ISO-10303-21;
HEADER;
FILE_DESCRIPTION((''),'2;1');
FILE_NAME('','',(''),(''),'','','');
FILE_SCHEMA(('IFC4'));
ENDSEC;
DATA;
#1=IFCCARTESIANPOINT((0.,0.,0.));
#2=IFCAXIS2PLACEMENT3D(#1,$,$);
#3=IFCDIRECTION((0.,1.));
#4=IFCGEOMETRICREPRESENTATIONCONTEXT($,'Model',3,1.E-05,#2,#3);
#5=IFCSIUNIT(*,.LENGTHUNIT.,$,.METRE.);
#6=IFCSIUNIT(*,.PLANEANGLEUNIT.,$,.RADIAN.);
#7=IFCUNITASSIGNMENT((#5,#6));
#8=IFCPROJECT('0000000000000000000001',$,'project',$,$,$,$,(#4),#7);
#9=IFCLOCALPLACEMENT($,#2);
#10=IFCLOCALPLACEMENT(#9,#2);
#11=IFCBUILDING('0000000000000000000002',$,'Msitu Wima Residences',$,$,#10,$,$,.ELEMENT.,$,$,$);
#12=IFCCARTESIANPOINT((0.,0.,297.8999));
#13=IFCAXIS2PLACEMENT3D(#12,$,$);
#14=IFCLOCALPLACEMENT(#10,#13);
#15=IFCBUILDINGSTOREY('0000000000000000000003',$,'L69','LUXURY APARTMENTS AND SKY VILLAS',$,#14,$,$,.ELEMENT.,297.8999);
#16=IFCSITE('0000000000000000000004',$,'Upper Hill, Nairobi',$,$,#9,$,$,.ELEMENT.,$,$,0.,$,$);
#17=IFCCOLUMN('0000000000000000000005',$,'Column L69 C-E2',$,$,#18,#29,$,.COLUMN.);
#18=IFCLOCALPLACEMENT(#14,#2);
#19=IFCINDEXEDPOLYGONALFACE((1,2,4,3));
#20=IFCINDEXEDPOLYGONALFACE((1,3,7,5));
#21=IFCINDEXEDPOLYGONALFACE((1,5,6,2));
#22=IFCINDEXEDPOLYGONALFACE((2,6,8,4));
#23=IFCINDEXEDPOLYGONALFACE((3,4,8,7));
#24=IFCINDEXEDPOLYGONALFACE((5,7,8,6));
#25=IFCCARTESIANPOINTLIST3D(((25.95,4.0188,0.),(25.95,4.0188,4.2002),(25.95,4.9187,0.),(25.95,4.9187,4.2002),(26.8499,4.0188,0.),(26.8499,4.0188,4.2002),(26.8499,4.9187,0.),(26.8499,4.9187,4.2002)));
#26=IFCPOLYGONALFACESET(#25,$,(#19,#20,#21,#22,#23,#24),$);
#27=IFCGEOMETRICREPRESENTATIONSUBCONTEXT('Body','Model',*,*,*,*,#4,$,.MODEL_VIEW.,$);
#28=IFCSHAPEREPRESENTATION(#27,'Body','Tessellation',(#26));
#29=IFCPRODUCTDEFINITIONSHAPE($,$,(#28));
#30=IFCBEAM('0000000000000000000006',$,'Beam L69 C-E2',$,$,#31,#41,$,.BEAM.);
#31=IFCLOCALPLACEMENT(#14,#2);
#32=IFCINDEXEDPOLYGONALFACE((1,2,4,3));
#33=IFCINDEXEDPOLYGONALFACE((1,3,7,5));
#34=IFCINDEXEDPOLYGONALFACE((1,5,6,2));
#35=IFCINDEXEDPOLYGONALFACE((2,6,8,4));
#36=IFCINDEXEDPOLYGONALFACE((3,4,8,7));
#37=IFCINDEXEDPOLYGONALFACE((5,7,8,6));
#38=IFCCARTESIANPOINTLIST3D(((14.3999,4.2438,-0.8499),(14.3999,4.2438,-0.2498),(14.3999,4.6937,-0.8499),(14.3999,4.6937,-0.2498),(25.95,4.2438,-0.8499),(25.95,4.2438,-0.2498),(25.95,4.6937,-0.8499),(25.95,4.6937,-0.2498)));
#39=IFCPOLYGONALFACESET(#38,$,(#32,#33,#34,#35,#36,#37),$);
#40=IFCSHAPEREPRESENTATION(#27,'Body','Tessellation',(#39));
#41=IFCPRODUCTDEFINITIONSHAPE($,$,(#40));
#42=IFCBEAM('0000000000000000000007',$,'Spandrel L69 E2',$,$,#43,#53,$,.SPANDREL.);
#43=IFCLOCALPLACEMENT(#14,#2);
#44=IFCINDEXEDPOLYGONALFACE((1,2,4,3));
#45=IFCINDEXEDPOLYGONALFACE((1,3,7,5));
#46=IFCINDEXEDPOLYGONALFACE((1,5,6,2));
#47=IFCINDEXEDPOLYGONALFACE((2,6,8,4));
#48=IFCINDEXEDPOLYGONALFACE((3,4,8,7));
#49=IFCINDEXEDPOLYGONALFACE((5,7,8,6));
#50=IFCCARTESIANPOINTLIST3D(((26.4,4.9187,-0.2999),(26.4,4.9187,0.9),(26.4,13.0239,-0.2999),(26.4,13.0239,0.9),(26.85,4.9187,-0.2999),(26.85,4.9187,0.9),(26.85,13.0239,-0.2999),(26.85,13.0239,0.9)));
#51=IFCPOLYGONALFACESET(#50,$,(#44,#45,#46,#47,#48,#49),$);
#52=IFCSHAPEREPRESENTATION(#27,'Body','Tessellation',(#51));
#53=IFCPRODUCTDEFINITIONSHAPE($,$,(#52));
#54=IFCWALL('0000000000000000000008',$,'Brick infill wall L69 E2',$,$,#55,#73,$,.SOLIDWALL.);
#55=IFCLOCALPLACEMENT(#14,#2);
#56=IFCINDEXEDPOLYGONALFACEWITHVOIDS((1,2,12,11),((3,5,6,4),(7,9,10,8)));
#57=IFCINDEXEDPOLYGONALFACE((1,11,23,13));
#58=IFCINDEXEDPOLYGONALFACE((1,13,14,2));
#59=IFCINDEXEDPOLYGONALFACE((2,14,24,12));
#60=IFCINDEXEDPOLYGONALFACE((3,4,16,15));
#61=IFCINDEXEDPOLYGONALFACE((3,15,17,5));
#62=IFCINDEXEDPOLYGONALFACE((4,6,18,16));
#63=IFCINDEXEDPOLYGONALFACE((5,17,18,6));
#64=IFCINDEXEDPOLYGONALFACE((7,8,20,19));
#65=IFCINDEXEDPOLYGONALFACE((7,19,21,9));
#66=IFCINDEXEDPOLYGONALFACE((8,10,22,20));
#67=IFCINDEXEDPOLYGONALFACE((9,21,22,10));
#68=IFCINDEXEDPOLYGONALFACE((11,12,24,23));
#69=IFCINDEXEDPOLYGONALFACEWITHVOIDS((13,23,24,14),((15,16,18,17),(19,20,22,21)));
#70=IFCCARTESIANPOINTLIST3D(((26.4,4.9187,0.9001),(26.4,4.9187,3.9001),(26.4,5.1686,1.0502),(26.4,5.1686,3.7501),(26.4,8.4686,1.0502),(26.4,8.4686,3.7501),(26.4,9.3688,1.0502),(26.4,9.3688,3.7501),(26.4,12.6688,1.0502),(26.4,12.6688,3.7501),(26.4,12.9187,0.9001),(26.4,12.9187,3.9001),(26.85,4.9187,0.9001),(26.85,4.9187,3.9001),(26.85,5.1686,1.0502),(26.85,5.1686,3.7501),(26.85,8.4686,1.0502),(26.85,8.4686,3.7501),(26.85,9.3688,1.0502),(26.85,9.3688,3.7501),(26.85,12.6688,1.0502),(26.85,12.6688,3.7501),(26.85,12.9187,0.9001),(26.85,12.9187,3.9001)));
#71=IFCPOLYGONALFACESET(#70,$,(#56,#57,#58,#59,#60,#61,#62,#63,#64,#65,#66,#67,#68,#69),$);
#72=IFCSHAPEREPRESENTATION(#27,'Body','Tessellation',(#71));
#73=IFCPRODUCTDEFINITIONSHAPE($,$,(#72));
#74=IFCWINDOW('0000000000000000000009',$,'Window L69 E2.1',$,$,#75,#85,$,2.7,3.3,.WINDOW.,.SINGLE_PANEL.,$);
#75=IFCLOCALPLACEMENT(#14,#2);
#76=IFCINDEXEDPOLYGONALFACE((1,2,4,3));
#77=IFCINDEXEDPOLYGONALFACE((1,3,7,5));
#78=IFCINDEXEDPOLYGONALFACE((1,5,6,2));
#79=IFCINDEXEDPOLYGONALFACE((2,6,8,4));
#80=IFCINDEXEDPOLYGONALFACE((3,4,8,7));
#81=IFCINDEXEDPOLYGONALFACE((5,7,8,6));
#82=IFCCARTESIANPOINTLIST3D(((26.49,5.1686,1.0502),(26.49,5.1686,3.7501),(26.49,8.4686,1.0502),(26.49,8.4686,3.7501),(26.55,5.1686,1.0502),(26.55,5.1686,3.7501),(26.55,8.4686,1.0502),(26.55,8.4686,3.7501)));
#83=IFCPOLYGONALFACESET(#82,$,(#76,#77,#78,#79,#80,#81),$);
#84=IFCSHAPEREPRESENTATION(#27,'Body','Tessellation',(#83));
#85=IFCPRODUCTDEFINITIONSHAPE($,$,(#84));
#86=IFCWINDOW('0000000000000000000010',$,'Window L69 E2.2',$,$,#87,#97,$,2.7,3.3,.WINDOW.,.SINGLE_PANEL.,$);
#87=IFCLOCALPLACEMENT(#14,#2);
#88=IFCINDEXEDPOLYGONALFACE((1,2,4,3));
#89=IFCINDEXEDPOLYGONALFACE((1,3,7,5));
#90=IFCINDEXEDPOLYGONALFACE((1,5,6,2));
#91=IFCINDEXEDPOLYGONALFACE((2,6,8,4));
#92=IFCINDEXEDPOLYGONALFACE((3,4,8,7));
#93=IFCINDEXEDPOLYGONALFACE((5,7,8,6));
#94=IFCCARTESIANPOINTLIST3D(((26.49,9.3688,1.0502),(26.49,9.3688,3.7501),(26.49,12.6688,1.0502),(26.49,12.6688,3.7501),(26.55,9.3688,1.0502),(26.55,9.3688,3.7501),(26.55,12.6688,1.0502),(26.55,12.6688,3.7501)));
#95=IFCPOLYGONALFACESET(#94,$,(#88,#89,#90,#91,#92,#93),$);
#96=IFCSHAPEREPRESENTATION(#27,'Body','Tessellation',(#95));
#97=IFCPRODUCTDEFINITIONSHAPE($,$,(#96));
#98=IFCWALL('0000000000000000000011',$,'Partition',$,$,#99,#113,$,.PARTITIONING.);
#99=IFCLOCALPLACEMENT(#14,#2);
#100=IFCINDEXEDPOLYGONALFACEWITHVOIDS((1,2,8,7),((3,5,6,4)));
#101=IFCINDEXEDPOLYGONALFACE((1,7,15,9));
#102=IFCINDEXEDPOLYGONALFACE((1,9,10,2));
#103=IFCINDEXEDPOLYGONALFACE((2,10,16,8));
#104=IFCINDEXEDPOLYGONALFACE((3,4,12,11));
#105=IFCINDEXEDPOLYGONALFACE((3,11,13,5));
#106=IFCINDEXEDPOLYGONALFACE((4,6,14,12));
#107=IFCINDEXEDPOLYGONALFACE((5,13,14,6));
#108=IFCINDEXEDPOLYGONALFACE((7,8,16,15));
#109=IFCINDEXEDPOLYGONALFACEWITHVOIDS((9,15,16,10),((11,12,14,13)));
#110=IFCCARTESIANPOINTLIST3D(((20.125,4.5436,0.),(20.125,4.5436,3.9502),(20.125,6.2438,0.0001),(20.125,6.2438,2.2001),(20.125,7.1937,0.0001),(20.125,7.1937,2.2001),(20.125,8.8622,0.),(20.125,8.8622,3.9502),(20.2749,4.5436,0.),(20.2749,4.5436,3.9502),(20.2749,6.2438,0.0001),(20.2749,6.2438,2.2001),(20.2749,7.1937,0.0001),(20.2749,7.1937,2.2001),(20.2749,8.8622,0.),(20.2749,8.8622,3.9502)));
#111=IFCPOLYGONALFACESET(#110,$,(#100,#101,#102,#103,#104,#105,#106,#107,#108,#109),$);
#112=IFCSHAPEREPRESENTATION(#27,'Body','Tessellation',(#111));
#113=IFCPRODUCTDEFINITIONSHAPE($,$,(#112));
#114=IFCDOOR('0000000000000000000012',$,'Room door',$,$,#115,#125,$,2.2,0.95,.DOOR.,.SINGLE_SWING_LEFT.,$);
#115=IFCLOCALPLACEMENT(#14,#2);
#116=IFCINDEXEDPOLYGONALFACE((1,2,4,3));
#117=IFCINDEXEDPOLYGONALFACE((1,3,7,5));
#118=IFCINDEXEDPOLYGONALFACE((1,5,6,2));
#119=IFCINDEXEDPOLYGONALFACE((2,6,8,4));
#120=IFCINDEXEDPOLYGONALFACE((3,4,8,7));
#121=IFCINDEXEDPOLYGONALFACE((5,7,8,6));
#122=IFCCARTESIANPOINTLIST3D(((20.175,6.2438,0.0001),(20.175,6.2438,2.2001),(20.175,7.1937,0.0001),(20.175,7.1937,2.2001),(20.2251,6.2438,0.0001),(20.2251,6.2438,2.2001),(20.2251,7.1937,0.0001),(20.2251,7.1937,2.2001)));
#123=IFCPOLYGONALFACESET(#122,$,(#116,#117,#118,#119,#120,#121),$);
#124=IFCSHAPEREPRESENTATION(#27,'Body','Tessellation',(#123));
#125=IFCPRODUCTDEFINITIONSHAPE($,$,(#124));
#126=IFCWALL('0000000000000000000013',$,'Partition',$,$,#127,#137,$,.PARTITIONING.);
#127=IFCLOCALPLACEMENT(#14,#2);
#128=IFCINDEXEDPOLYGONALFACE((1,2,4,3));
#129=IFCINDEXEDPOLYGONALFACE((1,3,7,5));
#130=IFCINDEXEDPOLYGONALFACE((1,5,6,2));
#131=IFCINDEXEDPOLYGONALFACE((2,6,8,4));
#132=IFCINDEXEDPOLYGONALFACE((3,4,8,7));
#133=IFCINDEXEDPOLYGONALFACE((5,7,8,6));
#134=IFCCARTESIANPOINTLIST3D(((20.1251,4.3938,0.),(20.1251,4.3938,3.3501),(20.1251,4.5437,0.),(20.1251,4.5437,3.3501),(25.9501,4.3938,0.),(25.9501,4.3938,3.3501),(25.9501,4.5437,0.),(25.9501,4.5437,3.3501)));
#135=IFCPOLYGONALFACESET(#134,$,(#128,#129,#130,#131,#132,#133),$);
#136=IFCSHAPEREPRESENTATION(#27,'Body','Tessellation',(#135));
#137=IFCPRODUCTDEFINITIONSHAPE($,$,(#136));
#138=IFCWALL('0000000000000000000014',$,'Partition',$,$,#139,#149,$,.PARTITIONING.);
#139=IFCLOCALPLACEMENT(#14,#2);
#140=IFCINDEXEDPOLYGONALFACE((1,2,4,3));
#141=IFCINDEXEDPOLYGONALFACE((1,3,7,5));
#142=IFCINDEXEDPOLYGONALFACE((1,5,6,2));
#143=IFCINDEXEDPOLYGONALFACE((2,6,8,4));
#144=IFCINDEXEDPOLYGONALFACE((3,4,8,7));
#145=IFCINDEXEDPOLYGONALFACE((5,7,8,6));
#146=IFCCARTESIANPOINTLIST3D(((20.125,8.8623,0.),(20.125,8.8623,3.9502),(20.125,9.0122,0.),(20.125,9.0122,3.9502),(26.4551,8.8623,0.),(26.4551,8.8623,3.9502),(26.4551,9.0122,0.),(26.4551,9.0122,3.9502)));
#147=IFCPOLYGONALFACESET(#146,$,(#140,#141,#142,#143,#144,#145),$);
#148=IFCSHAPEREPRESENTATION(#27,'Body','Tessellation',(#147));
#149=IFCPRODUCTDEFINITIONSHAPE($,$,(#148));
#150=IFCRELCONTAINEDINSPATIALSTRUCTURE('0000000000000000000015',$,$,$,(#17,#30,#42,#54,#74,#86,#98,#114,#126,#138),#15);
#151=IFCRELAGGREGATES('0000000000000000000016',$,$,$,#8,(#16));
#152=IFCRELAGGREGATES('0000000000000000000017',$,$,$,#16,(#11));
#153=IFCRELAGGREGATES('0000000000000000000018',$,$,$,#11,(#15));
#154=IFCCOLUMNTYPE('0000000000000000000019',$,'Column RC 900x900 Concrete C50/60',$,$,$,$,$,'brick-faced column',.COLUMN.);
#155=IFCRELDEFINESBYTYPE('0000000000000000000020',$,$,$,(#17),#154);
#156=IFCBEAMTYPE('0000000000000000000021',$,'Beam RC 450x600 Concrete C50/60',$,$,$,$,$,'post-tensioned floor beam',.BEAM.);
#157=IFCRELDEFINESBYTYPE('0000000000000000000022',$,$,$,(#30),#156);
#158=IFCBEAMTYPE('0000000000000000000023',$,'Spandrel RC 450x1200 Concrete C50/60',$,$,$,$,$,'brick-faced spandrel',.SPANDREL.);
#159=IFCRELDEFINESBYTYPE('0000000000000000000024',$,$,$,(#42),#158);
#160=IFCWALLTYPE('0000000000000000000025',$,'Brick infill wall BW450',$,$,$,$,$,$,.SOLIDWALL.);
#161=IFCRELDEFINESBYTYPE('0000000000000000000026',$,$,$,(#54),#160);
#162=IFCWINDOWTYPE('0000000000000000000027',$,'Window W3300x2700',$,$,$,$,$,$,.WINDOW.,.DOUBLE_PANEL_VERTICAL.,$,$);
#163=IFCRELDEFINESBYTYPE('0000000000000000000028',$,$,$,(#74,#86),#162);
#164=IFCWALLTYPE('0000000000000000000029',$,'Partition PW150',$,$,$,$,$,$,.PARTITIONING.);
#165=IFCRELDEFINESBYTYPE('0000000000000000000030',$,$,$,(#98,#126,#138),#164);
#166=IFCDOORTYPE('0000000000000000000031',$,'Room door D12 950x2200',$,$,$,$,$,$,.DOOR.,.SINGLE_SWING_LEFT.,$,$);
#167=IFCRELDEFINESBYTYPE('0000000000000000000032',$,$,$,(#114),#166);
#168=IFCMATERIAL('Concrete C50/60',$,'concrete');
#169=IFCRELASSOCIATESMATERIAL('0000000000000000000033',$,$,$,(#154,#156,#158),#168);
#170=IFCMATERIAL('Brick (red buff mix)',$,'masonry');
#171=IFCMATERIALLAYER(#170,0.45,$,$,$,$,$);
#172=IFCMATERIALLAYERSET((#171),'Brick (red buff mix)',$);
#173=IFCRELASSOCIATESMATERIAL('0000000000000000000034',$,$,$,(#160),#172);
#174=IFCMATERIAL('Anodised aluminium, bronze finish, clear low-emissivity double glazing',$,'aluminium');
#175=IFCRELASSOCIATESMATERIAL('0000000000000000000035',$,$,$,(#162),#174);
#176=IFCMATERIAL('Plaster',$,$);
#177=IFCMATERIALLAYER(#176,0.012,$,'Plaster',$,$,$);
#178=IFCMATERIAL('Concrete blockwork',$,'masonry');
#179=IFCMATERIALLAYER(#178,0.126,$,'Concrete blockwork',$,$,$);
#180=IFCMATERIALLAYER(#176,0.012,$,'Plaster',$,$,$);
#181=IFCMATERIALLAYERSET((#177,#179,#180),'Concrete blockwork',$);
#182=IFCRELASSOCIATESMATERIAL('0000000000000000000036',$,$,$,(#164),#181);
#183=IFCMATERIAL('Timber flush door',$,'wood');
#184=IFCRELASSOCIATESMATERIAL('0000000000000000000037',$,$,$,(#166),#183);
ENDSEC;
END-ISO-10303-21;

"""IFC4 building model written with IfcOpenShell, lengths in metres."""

from ifc_helpers import new_model, si_unit, direction, frame, frame_2d, origin, origin_2d, place, context, subcontext, project, spatial, rectangle, extrude, material, layer, layer_set, material_profile, profile_set, type_object, element, fill, save


model = new_model("IFC4")

# Units and contexts
model_context = context("Model", 3, precision=1e-05, world=origin(), true_north=direction((0.0, 1.0)))
body_context = subcontext(model_context, "Body", "Model", "MODEL_VIEW")
ifc_project = project(units=[si_unit("LENGTHUNIT", "METRE"), si_unit("PLANEANGLEUNIT", "RADIAN")], contexts=[model_context])

# Site, building, storey
site_placement = place(None, origin())
site = spatial("IfcSite", under=ifc_project, at=site_placement, Name="Upper Hill, Nairobi", CompositionType="ELEMENT", RefElevation=0.0)
building_placement = place(site_placement, origin())
building = spatial("IfcBuilding", under=site, at=building_placement, Name="Msitu Wima Residences", CompositionType="ELEMENT")
storey_placement = place(building_placement, frame((0.0, 0.0, 297.8999)))
storey = spatial("IfcBuildingStorey", under=building, at=storey_placement, Name="L69", Description="LUXURY APARTMENTS AND SKY VILLAS", CompositionType="ELEMENT", Elevation=297.8999)

# Column
ifc_material_1 = material(Name="Concrete C50/60", Category="concrete")
ifc_material_profile_1 = material_profile(ifc_material_1, rectangle(XDim=0.8999, YDim=0.8999, at=origin_2d()), Name="RC 900x900")
ifc_profile_set_1 = profile_set([ifc_material_profile_1], Name="Concrete C50/60")
column_type = type_object("IfcColumnType", Name="Column RC 900x900 Concrete C50/60", ElementType="brick-faced column", PredefinedType="COLUMN", material=ifc_profile_set_1)
column_placement = place(storey_placement, frame((26.3999, 4.4688, 0.0), z_axis=(0.0, 0.0, 1.0), x_axis=(0.0, 1.0, 0.0)))
element("IfcColumn", 1, at=column_placement, inside=storey, type_object=column_type, Name="Column L69 C-E2", PredefinedType="COLUMN", context=body_context, shape_type="SweptSolid", body=[
    extrude(rectangle(XDim=0.8999, YDim=0.8999, at=origin_2d()), origin(), (0.0, 0.0, 1.0), 4.2002),
])

# Beams
ifc_material_profile_2 = material_profile(ifc_material_1, rectangle(XDim=0.45, YDim=0.6001, at=origin_2d()), Name="RC 450x600")
ifc_profile_set_2 = profile_set([ifc_material_profile_2], Name="Concrete C50/60")
beam_type_1 = type_object("IfcBeamType", Name="Beam RC 450x600 Concrete C50/60", ElementType="post-tensioned floor beam", PredefinedType="BEAM", material=ifc_profile_set_2)
beam_1_placement = place(storey_placement, frame((25.95, 4.4688, -0.5498), z_axis=(-1.0, 0.0, 0.0), x_axis=(0.0, -1.0, 0.0)))
element("IfcBeam", 2, at=beam_1_placement, inside=storey, type_object=beam_type_1, Name="Beam L69 C-E2", PredefinedType="BEAM", context=body_context, shape_type="SweptSolid", body=[
    extrude(rectangle(XDim=0.45, YDim=0.6001, at=origin_2d()), origin(), (0.0, 0.0, 1.0), 11.55),
])
ifc_material_profile_3 = material_profile(ifc_material_1, rectangle(XDim=0.45, YDim=1.2, at=origin_2d()), Name="RC 450x1200")
ifc_profile_set_3 = profile_set([ifc_material_profile_3], Name="Concrete C50/60")
beam_type_2 = type_object("IfcBeamType", Name="Spandrel RC 450x1200 Concrete C50/60", ElementType="brick-faced spandrel", PredefinedType="SPANDREL", material=ifc_profile_set_3)
beam_2_placement = place(storey_placement, frame((26.625, 4.9187, 0.3), z_axis=(0.0, 1.0, 0.0), x_axis=(-1.0, 0.0, 0.0)))
element("IfcBeam", 3, at=beam_2_placement, inside=storey, type_object=beam_type_2, Name="Spandrel L69 E2", PredefinedType="SPANDREL", context=body_context, shape_type="SweptSolid", body=[
    extrude(rectangle(XDim=0.45, YDim=1.2, at=origin_2d()), origin(), (0.0, 0.0, 1.0), 8.1052),
])

# Wall, openings, windows
ifc_material_2 = material(Name="Brick (red buff mix)", Category="masonry")
ifc_layer_1 = layer(ifc_material_2, 0.45)
ifc_layer_set_1 = layer_set([ifc_layer_1], Name="Brick (red buff mix)")
wall_type_1 = type_object("IfcWallType", Name="Brick infill wall BW450", PredefinedType="SOLIDWALL", material=ifc_layer_set_1)
wall_1_placement = place(storey_placement, frame((26.625, 4.9187, 0.9001), z_axis=(0.0, 0.0, 1.0), x_axis=(0.0, 1.0, 0.0)))
wall_1 = element("IfcWall", 4, at=wall_1_placement, inside=storey, type_object=wall_type_1, Name="Brick infill wall L69 E2", PredefinedType="SOLIDWALL", context=body_context, shape_type="SweptSolid", body=[
    extrude(rectangle(XDim=8.0, YDim=0.45, at=frame_2d((4.0, 0.0))), origin(), (0.0, 0.0, 1.0), 3.0),
])
opening_1_placement = place(wall_1_placement, frame((0.25, 0.0, 0.1499)))
opening_1 = element("IfcOpeningElement", 5, at=opening_1_placement, cuts=wall_1, PredefinedType="OPENING", context=body_context, shape_type="SweptSolid", body=[
    extrude(rectangle(XDim=3.3, YDim=2.7, at=frame_2d((1.6499, 1.3501))), frame((0.0, 0.2349, 0.0), z_axis=(0.0, -1.0, 0.0), x_axis=(1.0, 0.0, 0.0)), (0.0, 0.0, 1.0), 0.47),
])
opening_2_placement = place(wall_1_placement, frame((4.4502, 0.0, 0.1499)))
opening_2 = element("IfcOpeningElement", 6, at=opening_2_placement, cuts=wall_1, PredefinedType="OPENING", context=body_context, shape_type="SweptSolid", body=[
    extrude(rectangle(XDim=3.3, YDim=2.7, at=frame_2d((1.6499, 1.3501))), frame((0.0, 0.2349, 0.0), z_axis=(0.0, -1.0, 0.0), x_axis=(1.0, 0.0, 0.0)), (0.0, 0.0, 1.0), 0.47),
])
ifc_material_3 = material(Name="Anodised aluminium, bronze finish, clear low-emissivity double glazing", Category="aluminium")
window_type = type_object("IfcWindowType", Name="Window W3300x2700", PartitioningType="DOUBLE_PANEL_VERTICAL", PredefinedType="WINDOW", material=ifc_material_3)
window_1_placement = place(opening_1_placement, origin())
window_1 = element("IfcWindow", 7, at=window_1_placement, inside=storey, type_object=window_type, Name="Window L69 E2.1", OverallHeight=2.7, OverallWidth=3.3, PartitioningType="SINGLE_PANEL", PredefinedType="WINDOW", context=body_context, shape_type="SweptSolid", body=[
    extrude(rectangle(XDim=3.3, YDim=2.7, at=frame_2d((1.6499, 1.3501))), frame((0.0, 0.135, 0.0), z_axis=(0.0, -1.0, 0.0), x_axis=(1.0, 0.0, 0.0)), (0.0, 0.0, 1.0), 0.0601),
])
fill(opening_1, window_1)
window_2_placement = place(opening_2_placement, origin())
window_2 = element("IfcWindow", 8, at=window_2_placement, inside=storey, type_object=window_type, Name="Window L69 E2.2", OverallHeight=2.7, OverallWidth=3.3, PartitioningType="SINGLE_PANEL", PredefinedType="WINDOW", context=body_context, shape_type="SweptSolid", body=[
    extrude(rectangle(XDim=3.3, YDim=2.7, at=frame_2d((1.6499, 1.3501))), frame((0.0, 0.135, 0.0), z_axis=(0.0, -1.0, 0.0), x_axis=(1.0, 0.0, 0.0)), (0.0, 0.0, 1.0), 0.0601),
])
fill(opening_2, window_2)

# Wall, opening, door
ifc_material_4 = material(Name="Plaster")
ifc_layer_2 = layer(ifc_material_4, 0.012, Name="Plaster")
ifc_material_5 = material(Name="Concrete blockwork", Category="masonry")
ifc_layer_3 = layer(ifc_material_5, 0.126, Name="Concrete blockwork")
ifc_layer_4 = layer(ifc_material_4, 0.012, Name="Plaster")
ifc_layer_set_2 = layer_set([ifc_layer_2, ifc_layer_3, ifc_layer_4], Name="Concrete blockwork")
wall_type_2 = type_object("IfcWallType", Name="Partition PW150", PredefinedType="PARTITIONING", material=ifc_layer_set_2)
wall_2_placement = place(storey_placement, frame((20.2, 4.5437, 0.0), z_axis=(0.0, 0.0, 1.0), x_axis=(0.0, 1.0, 0.0)))
wall_2 = element("IfcWall", 9, at=wall_2_placement, inside=storey, type_object=wall_type_2, Name="Partition", PredefinedType="PARTITIONING", context=body_context, shape_type="SweptSolid", body=[
    extrude(rectangle(XDim=4.3186, YDim=0.1499, at=frame_2d((2.1592, 0.0))), origin(), (0.0, 0.0, 1.0), 3.9502),
])
opening_3_placement = place(wall_2_placement, frame((1.7, 0.0, 0.0)))
opening_3 = element("IfcOpeningElement", 10, at=opening_3_placement, cuts=wall_2, PredefinedType="OPENING", context=body_context, shape_type="SweptSolid", body=[
    extrude(rectangle(XDim=0.95, YDim=2.2, at=frame_2d((0.4751, 1.1001))), frame((0.0, 0.085, 0.0), z_axis=(0.0, -1.0, 0.0), x_axis=(1.0, 0.0, 0.0)), (0.0, 0.0, 1.0), 0.1699),
])
ifc_material_6 = material(Name="Timber flush door", Category="wood")
door_type_1 = type_object("IfcDoorType", Name="Room door D12 950x2200", OperationType="SINGLE_SWING_LEFT", PredefinedType="DOOR", material=ifc_material_6)
door_1_placement = place(opening_3_placement, origin())
door_1 = element("IfcDoor", 11, at=door_1_placement, inside=storey, type_object=door_type_1, Name="Room door", OperationType="SINGLE_SWING_LEFT", OverallHeight=2.2, OverallWidth=0.95, PredefinedType="DOOR", context=body_context, shape_type="SweptSolid", body=[
    extrude(rectangle(XDim=0.95, YDim=2.2, at=frame_2d((0.4751, 1.1001))), frame((0.0, 0.0249, 0.0), z_axis=(0.0, -1.0, 0.0), x_axis=(1.0, 0.0, 0.0)), (0.0, 0.0, 1.0), 0.05),
])
fill(opening_3, door_1)

# Walls
wall_3_placement = place(storey_placement, frame((20.125, 4.4688, 0.0), z_axis=(0.0, 0.0, 1.0), x_axis=(1.0, 0.0, 0.0)))
element("IfcWall", 12, at=wall_3_placement, inside=storey, type_object=wall_type_2, Name="Partition", PredefinedType="PARTITIONING", context=body_context, shape_type="SweptSolid", body=[
    extrude(rectangle(XDim=5.825, YDim=0.1499, at=frame_2d((2.9126, 0.0))), origin(), (0.0, 0.0, 1.0), 3.3501),
])
wall_4_placement = place(storey_placement, frame((20.125, 8.9373, 0.0), z_axis=(0.0, 0.0, 1.0), x_axis=(1.0, 0.0, 0.0)))
element("IfcWall", 13, at=wall_4_placement, inside=storey, type_object=wall_type_2, Name="Partition", PredefinedType="PARTITIONING", context=body_context, shape_type="SweptSolid", body=[
    extrude(rectangle(XDim=6.3301, YDim=0.1499, at=frame_2d((3.165, 0.0))), origin(), (0.0, 0.0, 1.0), 3.9502),
])

save(model, "model.ifc")
